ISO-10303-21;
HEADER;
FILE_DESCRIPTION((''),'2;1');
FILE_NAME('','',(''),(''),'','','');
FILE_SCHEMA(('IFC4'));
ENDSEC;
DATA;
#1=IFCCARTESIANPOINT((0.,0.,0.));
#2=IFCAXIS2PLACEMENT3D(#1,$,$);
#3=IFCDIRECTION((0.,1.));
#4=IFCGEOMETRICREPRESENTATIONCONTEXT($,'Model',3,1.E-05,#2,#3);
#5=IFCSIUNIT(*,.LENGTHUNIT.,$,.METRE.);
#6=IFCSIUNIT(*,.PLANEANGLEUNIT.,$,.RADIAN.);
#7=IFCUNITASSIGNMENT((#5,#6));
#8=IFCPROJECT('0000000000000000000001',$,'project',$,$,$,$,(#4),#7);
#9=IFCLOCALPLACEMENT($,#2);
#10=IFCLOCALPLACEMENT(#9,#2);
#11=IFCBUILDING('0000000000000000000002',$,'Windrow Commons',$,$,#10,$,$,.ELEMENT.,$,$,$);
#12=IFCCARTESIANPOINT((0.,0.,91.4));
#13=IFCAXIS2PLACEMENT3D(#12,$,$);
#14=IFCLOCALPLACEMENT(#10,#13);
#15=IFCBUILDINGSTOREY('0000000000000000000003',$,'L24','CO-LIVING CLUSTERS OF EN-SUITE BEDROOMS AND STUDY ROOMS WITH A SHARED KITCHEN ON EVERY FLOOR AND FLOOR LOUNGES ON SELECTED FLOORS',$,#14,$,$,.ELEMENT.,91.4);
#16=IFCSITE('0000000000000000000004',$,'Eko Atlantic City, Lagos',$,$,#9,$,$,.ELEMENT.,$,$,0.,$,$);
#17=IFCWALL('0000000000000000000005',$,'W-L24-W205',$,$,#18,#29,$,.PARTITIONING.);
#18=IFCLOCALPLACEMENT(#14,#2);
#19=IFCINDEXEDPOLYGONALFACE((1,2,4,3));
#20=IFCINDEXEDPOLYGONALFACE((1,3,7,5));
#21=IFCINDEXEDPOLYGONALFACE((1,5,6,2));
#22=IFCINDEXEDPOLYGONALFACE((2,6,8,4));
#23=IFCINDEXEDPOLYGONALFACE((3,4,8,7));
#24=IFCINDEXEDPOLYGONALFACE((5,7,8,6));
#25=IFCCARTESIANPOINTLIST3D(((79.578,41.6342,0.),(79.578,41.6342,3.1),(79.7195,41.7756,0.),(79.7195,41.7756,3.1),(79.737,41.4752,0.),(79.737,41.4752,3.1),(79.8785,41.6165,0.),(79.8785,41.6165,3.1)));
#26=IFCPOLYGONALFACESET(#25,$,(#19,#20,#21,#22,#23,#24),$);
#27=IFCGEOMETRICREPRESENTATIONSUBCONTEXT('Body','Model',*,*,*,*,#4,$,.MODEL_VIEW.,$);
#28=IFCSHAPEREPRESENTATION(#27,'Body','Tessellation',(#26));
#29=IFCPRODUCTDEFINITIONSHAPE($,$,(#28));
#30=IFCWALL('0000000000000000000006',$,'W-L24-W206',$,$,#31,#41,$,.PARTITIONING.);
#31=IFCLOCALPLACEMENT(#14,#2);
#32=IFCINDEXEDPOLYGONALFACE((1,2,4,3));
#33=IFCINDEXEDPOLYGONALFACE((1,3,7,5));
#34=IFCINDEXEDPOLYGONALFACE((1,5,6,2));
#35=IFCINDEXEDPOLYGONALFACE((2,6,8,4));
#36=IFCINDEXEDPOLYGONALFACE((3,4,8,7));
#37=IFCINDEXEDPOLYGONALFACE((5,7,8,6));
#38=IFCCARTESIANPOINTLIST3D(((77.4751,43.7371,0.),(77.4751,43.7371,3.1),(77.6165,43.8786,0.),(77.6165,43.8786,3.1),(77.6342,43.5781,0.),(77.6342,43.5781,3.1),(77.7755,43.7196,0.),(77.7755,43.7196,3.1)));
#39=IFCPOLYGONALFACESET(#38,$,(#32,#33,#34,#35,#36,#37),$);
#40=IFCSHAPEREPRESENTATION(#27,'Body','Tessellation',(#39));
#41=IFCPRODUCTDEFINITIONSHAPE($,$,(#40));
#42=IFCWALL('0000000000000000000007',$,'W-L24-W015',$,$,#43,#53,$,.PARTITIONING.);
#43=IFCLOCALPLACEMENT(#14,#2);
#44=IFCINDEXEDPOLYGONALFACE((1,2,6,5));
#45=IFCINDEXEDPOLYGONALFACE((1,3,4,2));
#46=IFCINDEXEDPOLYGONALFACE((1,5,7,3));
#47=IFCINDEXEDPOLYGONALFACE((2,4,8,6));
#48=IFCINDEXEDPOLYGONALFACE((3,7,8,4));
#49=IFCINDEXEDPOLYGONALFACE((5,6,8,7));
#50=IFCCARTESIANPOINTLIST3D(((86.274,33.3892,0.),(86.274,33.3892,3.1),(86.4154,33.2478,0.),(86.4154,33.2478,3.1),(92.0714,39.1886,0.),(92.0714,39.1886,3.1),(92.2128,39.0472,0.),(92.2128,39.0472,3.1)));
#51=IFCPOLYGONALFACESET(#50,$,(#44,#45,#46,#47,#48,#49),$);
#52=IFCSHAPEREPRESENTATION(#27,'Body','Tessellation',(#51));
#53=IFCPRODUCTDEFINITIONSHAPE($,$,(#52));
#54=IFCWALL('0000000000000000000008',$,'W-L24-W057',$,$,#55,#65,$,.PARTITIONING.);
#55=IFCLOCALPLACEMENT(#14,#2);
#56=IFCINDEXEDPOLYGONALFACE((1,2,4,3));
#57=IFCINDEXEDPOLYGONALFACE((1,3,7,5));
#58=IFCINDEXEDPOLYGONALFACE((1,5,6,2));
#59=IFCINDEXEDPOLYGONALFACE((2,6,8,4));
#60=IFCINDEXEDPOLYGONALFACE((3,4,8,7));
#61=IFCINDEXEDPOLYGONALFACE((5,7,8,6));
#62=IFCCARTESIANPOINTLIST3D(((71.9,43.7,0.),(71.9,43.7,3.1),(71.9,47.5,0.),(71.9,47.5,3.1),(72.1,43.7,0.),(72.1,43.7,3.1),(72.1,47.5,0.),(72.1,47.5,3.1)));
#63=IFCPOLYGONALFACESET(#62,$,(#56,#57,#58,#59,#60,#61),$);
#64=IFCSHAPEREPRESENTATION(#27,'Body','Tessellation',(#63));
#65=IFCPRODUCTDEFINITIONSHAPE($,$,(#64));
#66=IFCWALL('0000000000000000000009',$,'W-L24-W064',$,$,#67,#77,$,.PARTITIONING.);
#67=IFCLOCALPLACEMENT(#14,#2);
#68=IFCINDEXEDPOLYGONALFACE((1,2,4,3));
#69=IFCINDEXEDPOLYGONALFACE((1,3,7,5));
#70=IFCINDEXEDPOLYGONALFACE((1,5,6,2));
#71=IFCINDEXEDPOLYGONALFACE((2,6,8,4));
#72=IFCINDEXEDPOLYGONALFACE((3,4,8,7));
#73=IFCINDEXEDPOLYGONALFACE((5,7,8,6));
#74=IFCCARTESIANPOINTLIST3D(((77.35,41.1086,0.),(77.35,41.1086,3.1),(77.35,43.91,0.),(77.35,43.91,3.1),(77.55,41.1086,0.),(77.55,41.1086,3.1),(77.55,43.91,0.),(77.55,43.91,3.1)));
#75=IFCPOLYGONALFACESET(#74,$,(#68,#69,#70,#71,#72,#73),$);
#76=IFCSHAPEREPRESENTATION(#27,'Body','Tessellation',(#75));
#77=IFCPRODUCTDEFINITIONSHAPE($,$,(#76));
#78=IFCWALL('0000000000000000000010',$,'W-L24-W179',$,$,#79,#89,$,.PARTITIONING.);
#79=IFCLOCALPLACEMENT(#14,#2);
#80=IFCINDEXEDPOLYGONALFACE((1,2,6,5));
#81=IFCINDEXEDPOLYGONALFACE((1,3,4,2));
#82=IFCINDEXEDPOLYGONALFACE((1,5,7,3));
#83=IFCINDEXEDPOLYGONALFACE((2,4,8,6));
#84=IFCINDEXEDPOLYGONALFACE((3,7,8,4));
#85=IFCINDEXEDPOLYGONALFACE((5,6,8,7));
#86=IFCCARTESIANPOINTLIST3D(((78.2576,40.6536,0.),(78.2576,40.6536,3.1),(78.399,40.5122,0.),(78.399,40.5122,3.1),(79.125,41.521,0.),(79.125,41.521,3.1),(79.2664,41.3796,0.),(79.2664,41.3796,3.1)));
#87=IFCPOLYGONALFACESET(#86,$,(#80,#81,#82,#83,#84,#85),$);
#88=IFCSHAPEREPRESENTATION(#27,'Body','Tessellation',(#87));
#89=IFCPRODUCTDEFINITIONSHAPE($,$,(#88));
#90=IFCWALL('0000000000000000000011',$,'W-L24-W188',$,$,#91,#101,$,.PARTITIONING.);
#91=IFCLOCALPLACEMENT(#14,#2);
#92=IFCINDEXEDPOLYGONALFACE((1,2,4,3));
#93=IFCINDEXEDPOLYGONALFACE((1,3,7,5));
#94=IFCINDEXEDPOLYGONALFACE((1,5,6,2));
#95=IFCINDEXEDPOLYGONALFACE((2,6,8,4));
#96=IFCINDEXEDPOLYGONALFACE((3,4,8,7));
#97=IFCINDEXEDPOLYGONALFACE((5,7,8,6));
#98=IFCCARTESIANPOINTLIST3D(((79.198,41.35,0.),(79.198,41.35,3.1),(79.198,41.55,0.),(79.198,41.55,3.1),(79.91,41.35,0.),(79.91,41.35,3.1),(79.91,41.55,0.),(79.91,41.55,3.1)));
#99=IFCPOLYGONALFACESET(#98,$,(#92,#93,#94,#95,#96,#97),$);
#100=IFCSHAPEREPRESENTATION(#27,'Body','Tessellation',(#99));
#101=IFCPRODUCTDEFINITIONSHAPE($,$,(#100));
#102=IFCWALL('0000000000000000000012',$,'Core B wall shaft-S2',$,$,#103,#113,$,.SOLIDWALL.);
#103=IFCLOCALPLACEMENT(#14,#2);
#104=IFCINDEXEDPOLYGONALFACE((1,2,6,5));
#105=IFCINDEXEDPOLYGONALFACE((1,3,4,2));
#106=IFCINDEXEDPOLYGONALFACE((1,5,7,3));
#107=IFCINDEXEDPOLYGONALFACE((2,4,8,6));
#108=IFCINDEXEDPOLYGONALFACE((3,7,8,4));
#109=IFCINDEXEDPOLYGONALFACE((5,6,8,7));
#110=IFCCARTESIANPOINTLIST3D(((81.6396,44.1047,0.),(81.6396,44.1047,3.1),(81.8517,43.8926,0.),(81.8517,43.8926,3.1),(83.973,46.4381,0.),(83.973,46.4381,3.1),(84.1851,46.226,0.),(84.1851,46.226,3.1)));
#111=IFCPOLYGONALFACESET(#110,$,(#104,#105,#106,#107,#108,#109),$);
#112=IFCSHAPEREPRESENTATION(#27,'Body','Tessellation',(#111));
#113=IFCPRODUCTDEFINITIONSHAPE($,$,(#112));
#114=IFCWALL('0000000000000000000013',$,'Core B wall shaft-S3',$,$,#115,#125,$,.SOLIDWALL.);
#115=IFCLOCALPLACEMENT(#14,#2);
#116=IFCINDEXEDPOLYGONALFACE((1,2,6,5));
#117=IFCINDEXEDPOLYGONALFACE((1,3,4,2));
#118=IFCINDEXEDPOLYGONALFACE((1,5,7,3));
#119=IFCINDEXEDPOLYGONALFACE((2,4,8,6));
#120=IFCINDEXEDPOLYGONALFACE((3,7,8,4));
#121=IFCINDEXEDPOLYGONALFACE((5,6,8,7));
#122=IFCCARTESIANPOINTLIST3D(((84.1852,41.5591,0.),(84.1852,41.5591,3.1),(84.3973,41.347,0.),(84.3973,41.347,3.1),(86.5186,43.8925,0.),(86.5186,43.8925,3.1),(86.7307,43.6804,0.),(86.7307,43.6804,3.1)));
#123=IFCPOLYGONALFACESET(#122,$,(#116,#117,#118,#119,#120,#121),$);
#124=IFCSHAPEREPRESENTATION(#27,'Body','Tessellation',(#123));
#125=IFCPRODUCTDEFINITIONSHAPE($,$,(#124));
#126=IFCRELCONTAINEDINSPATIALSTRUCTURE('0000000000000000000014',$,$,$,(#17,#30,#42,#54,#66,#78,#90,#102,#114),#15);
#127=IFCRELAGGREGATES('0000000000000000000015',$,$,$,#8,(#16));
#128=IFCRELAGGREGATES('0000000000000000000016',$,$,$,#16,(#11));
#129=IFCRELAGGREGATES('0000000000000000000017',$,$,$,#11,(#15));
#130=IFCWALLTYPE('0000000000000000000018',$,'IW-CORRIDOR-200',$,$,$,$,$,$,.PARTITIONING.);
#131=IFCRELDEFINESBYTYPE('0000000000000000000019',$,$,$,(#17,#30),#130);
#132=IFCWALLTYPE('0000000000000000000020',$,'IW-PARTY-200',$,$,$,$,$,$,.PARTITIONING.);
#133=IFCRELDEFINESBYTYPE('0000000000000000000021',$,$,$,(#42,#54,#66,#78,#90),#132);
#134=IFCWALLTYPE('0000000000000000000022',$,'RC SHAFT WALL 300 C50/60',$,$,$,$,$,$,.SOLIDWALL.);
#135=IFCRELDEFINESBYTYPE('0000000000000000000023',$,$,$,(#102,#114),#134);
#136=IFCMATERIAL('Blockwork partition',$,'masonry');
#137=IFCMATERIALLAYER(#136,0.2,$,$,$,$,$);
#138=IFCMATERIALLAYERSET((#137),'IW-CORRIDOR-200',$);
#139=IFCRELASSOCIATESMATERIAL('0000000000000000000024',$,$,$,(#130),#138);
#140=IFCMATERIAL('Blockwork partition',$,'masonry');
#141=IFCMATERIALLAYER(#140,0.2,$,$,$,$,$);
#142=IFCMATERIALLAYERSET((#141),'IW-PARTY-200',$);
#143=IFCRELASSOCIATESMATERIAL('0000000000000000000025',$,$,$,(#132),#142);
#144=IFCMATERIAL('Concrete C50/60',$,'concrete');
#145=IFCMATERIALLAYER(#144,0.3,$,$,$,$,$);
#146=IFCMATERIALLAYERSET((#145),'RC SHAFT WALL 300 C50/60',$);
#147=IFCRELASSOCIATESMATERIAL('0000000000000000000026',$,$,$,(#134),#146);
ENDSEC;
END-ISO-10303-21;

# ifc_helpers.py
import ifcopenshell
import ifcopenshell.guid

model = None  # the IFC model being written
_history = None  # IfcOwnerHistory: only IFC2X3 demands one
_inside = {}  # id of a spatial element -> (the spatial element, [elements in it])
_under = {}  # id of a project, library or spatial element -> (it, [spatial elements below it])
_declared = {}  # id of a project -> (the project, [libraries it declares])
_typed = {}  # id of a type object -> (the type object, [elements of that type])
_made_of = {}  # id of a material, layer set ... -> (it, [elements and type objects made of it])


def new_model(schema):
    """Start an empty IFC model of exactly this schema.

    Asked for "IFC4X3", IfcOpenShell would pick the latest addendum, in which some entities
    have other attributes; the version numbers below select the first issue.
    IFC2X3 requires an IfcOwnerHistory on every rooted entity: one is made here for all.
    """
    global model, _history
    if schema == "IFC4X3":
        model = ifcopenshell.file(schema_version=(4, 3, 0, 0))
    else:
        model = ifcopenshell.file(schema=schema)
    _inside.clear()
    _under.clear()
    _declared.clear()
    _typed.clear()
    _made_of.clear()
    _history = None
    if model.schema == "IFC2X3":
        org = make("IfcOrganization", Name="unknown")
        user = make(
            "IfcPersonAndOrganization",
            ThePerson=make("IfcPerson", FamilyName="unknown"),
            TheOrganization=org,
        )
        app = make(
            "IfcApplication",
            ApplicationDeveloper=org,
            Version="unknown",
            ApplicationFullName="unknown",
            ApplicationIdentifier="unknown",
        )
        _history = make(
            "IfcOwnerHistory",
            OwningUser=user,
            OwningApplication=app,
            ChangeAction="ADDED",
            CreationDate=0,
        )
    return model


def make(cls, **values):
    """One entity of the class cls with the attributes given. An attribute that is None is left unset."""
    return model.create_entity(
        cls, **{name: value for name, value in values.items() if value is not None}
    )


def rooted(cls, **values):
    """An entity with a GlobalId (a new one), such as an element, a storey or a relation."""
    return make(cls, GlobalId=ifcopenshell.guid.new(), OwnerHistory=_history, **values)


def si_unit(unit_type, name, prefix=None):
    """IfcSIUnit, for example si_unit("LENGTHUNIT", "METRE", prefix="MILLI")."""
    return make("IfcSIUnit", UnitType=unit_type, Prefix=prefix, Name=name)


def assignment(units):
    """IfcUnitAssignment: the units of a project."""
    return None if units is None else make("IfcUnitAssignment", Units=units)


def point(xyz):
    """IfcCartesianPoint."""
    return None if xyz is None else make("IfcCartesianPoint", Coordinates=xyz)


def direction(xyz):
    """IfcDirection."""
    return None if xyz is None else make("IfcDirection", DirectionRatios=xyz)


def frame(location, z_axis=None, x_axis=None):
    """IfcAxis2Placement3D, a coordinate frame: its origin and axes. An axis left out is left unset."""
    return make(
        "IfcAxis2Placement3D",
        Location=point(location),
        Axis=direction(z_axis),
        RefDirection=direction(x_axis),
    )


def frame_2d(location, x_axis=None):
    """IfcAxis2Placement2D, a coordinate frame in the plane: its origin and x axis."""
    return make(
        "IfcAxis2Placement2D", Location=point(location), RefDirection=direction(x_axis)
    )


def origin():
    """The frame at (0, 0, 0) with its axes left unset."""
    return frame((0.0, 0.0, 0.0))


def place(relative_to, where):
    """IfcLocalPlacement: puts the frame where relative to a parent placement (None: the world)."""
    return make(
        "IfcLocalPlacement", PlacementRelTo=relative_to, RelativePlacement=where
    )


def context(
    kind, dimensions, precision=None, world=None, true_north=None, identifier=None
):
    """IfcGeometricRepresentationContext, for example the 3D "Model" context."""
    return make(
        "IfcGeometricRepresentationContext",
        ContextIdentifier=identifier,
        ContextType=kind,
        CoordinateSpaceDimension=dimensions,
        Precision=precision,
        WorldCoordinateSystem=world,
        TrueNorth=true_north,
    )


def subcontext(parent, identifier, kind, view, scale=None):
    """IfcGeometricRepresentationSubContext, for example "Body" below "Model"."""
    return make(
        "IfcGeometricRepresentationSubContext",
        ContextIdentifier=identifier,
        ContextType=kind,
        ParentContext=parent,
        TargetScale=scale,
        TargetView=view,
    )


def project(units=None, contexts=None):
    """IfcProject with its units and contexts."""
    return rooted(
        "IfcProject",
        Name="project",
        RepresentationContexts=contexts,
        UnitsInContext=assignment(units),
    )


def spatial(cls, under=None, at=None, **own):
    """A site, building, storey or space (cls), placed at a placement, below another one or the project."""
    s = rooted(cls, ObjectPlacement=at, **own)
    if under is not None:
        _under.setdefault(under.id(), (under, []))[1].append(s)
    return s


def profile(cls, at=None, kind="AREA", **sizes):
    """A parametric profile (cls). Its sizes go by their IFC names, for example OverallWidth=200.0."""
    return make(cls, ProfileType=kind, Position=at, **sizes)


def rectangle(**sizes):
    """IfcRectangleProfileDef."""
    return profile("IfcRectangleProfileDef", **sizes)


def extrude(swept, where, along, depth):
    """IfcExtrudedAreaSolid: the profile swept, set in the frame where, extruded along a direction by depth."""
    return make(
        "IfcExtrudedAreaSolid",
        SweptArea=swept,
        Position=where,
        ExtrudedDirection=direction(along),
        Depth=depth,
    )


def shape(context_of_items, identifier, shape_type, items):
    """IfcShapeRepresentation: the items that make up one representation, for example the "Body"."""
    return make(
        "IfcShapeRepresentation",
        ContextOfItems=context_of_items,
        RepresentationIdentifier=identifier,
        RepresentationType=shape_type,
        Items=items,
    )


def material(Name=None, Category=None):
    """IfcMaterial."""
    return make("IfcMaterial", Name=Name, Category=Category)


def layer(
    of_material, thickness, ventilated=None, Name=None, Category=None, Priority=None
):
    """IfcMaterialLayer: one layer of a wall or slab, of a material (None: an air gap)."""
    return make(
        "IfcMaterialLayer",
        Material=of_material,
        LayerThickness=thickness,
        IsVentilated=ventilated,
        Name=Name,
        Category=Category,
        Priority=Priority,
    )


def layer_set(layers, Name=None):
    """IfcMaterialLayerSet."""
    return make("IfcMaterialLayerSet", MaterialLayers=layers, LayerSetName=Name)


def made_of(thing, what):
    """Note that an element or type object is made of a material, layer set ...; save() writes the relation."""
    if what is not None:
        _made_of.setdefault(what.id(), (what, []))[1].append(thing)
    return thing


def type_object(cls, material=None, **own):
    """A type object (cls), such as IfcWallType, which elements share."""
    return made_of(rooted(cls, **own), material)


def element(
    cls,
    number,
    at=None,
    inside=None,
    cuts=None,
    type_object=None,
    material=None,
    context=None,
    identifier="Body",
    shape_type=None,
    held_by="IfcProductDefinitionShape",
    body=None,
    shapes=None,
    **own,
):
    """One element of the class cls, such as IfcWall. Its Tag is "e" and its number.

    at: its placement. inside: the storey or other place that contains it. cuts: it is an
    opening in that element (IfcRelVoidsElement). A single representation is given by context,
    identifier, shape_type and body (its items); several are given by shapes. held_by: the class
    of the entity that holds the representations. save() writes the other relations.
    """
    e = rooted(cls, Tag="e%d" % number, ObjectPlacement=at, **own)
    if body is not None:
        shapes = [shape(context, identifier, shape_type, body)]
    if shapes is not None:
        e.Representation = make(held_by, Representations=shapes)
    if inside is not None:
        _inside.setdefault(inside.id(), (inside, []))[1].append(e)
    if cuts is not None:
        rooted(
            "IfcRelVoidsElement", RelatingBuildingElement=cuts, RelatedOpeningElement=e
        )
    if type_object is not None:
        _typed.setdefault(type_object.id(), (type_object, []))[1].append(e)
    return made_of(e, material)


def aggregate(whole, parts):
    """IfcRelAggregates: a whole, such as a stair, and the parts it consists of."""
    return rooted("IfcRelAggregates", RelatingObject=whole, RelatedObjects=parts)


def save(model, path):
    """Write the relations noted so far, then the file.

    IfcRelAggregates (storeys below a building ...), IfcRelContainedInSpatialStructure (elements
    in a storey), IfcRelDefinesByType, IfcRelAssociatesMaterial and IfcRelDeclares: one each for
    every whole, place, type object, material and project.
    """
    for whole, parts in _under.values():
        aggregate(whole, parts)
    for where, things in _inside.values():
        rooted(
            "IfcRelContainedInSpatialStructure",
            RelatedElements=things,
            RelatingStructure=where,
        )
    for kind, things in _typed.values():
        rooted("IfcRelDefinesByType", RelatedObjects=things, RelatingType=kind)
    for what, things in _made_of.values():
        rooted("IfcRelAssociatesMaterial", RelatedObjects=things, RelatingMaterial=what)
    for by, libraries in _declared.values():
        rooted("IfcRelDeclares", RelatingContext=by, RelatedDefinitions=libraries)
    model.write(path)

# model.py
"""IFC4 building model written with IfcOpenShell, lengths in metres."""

from ifc_helpers import new_model, si_unit, direction, frame, frame_2d, origin, place, context, subcontext, project, spatial, rectangle, extrude, material, layer, layer_set, type_object, element, save


model = new_model("IFC4")

# Units and contexts
model_context = context("Model", 3, precision=1e-05, world=origin(), true_north=direction((0.0, 1.0)))
body_context = subcontext(model_context, "Body", "Model", "MODEL_VIEW")
ifc_project = project(units=[si_unit("LENGTHUNIT", "METRE"), si_unit("PLANEANGLEUNIT", "RADIAN")], contexts=[model_context])

# Site, building, storey
site_placement = place(None, origin())
site = spatial("IfcSite", under=ifc_project, at=site_placement, Name="Eko Atlantic City, Lagos", CompositionType="ELEMENT", RefElevation=0.0)
building_placement = place(site_placement, origin())
building = spatial("IfcBuilding", under=site, at=building_placement, Name="Windrow Commons", CompositionType="ELEMENT")
storey_placement = place(building_placement, frame((0.0, 0.0, 91.4)))
storey = spatial("IfcBuildingStorey", under=building, at=storey_placement, Name="L24", Description="CO-LIVING CLUSTERS OF EN-SUITE BEDROOMS AND STUDY ROOMS WITH A SHARED KITCHEN ON EVERY FLOOR AND FLOOR LOUNGES ON SELECTED FLOORS", CompositionType="ELEMENT", Elevation=91.4)

# Walls
ifc_material_1 = material(Name="Blockwork partition", Category="masonry")
ifc_layer_1 = layer(ifc_material_1, 0.2)
ifc_layer_set_1 = layer_set([ifc_layer_1], Name="IW-CORRIDOR-200")
wall_type_1 = type_object("IfcWallType", Name="IW-CORRIDOR-200", PredefinedType="PARTITIONING", material=ifc_layer_set_1)
for number, where, z_axis, x_axis, name in (
    (1, (79.6488, 41.7049, 0.0), (0.0, 0.0, 1.0), (0.706884, -0.707329, 0.0), "W-L24-W205"),
    (2, (77.5458, 43.8078, 0.0), (0.0, 0.0, 1.0), (0.707329, -0.706884, 0.0), "W-L24-W206"),
):
    element("IfcWall", number, at=place(storey_placement, frame(where, z_axis=z_axis, x_axis=x_axis)), inside=storey, type_object=wall_type_1, Name=name, PredefinedType="PARTITIONING", context=body_context, shape_type="SweptSolid", body=[
        extrude(rectangle(XDim=0.2249, YDim=0.2, at=frame_2d((0.1124, 0.0))), origin(), (0.0, 0.0, 1.0), 3.1),
    ])
ifc_material_2 = material(Name="Blockwork partition", Category="masonry")
ifc_layer_2 = layer(ifc_material_2, 0.2)
ifc_layer_set_2 = layer_set([ifc_layer_2], Name="IW-PARTY-200")
wall_type_2 = type_object("IfcWallType", Name="IW-PARTY-200", PredefinedType="PARTITIONING", material=ifc_layer_set_2)
wall_1_placement = place(storey_placement, frame((86.3447, 33.3185, 0.0), z_axis=(0.0, 0.0, 1.0), x_axis=(0.706985, 0.707229, 0.0)))
element("IfcWall", 3, at=wall_1_placement, inside=storey, type_object=wall_type_2, Name="W-L24-W015", PredefinedType="PARTITIONING", context=body_context, shape_type="SweptSolid", body=[
    extrude(rectangle(XDim=8.2002, YDim=0.2, at=frame_2d((4.1001, 0.0))), origin(), (0.0, 0.0, 1.0), 3.1),
])
wall_2_placement = place(storey_placement, frame((72.0, 43.7, 0.0), z_axis=(0.0, 0.0, 1.0), x_axis=(0.0, 1.0, 0.0)))
element("IfcWall", 4, at=wall_2_placement, inside=storey, type_object=wall_type_2, Name="W-L24-W057", PredefinedType="PARTITIONING", context=body_context, shape_type="SweptSolid", body=[
    extrude(rectangle(XDim=3.8, YDim=0.2, at=frame_2d((1.9, 0.0))), origin(), (0.0, 0.0, 1.0), 3.1),
])
wall_3_placement = place(storey_placement, frame((77.45, 41.1086, 0.0), z_axis=(0.0, 0.0, 1.0), x_axis=(0.0, 1.0, 0.0)))
element("IfcWall", 5, at=wall_3_placement, inside=storey, type_object=wall_type_2, Name="W-L24-W064", PredefinedType="PARTITIONING", context=body_context, shape_type="SweptSolid", body=[
    extrude(rectangle(XDim=2.8014, YDim=0.2, at=frame_2d((1.4007, 0.0))), origin(), (0.0, 0.0, 1.0), 3.1),
])
wall_4_placement = place(storey_placement, frame((78.3283, 40.5829, 0.0), z_axis=(0.0, 0.0, 1.0), x_axis=(0.707107, 0.707107, 0.0)))
element("IfcWall", 6, at=wall_4_placement, inside=storey, type_object=wall_type_2, Name="W-L24-W179", PredefinedType="PARTITIONING", context=body_context, shape_type="SweptSolid", body=[
    extrude(rectangle(XDim=1.2267, YDim=0.2, at=frame_2d((0.6133, 0.0))), origin(), (0.0, 0.0, 1.0), 3.1),
])
wall_5_placement = place(storey_placement, frame((79.198, 41.45, 0.0), z_axis=(0.0, 0.0, 1.0), x_axis=(1.0, 0.0, 0.0)))
element("IfcWall", 7, at=wall_5_placement, inside=storey, type_object=wall_type_2, Name="W-L24-W188", PredefinedType="PARTITIONING", context=body_context, shape_type="SweptSolid", body=[
    extrude(rectangle(XDim=0.712, YDim=0.2, at=frame_2d((0.356, 0.0))), origin(), (0.0, 0.0, 1.0), 3.1),
])
ifc_material_3 = material(Name="Concrete C50/60", Category="concrete")
ifc_layer_3 = layer(ifc_material_3, 0.3)
ifc_layer_set_3 = layer_set([ifc_layer_3], Name="RC SHAFT WALL 300 C50/60")
wall_type_3 = type_object("IfcWallType", Name="RC SHAFT WALL 300 C50/60", PredefinedType="SOLIDWALL", material=ifc_layer_set_3)
for number, where, z_axis, x_axis, name in (
    (8, (81.7456, 43.9986, 0.0), (0.0, 0.0, 1.0), (0.707107, 0.707107, 0.0), "Core B wall shaft-S2"),
    (9, (84.2912, 41.453, 0.0), (0.0, 0.0, 1.0), (0.707107, 0.707107, 0.0), "Core B wall shaft-S3"),
):
    element("IfcWall", number, at=place(storey_placement, frame(where, z_axis=z_axis, x_axis=x_axis)), inside=storey, type_object=wall_type_3, Name=name, PredefinedType="SOLIDWALL", context=body_context, shape_type="SweptSolid", body=[
        extrude(rectangle(XDim=3.2999, YDim=0.3, at=frame_2d((1.65, 0.0))), origin(), (0.0, 0.0, 1.0), 3.1),
    ])

save(model, "model.ifc")
